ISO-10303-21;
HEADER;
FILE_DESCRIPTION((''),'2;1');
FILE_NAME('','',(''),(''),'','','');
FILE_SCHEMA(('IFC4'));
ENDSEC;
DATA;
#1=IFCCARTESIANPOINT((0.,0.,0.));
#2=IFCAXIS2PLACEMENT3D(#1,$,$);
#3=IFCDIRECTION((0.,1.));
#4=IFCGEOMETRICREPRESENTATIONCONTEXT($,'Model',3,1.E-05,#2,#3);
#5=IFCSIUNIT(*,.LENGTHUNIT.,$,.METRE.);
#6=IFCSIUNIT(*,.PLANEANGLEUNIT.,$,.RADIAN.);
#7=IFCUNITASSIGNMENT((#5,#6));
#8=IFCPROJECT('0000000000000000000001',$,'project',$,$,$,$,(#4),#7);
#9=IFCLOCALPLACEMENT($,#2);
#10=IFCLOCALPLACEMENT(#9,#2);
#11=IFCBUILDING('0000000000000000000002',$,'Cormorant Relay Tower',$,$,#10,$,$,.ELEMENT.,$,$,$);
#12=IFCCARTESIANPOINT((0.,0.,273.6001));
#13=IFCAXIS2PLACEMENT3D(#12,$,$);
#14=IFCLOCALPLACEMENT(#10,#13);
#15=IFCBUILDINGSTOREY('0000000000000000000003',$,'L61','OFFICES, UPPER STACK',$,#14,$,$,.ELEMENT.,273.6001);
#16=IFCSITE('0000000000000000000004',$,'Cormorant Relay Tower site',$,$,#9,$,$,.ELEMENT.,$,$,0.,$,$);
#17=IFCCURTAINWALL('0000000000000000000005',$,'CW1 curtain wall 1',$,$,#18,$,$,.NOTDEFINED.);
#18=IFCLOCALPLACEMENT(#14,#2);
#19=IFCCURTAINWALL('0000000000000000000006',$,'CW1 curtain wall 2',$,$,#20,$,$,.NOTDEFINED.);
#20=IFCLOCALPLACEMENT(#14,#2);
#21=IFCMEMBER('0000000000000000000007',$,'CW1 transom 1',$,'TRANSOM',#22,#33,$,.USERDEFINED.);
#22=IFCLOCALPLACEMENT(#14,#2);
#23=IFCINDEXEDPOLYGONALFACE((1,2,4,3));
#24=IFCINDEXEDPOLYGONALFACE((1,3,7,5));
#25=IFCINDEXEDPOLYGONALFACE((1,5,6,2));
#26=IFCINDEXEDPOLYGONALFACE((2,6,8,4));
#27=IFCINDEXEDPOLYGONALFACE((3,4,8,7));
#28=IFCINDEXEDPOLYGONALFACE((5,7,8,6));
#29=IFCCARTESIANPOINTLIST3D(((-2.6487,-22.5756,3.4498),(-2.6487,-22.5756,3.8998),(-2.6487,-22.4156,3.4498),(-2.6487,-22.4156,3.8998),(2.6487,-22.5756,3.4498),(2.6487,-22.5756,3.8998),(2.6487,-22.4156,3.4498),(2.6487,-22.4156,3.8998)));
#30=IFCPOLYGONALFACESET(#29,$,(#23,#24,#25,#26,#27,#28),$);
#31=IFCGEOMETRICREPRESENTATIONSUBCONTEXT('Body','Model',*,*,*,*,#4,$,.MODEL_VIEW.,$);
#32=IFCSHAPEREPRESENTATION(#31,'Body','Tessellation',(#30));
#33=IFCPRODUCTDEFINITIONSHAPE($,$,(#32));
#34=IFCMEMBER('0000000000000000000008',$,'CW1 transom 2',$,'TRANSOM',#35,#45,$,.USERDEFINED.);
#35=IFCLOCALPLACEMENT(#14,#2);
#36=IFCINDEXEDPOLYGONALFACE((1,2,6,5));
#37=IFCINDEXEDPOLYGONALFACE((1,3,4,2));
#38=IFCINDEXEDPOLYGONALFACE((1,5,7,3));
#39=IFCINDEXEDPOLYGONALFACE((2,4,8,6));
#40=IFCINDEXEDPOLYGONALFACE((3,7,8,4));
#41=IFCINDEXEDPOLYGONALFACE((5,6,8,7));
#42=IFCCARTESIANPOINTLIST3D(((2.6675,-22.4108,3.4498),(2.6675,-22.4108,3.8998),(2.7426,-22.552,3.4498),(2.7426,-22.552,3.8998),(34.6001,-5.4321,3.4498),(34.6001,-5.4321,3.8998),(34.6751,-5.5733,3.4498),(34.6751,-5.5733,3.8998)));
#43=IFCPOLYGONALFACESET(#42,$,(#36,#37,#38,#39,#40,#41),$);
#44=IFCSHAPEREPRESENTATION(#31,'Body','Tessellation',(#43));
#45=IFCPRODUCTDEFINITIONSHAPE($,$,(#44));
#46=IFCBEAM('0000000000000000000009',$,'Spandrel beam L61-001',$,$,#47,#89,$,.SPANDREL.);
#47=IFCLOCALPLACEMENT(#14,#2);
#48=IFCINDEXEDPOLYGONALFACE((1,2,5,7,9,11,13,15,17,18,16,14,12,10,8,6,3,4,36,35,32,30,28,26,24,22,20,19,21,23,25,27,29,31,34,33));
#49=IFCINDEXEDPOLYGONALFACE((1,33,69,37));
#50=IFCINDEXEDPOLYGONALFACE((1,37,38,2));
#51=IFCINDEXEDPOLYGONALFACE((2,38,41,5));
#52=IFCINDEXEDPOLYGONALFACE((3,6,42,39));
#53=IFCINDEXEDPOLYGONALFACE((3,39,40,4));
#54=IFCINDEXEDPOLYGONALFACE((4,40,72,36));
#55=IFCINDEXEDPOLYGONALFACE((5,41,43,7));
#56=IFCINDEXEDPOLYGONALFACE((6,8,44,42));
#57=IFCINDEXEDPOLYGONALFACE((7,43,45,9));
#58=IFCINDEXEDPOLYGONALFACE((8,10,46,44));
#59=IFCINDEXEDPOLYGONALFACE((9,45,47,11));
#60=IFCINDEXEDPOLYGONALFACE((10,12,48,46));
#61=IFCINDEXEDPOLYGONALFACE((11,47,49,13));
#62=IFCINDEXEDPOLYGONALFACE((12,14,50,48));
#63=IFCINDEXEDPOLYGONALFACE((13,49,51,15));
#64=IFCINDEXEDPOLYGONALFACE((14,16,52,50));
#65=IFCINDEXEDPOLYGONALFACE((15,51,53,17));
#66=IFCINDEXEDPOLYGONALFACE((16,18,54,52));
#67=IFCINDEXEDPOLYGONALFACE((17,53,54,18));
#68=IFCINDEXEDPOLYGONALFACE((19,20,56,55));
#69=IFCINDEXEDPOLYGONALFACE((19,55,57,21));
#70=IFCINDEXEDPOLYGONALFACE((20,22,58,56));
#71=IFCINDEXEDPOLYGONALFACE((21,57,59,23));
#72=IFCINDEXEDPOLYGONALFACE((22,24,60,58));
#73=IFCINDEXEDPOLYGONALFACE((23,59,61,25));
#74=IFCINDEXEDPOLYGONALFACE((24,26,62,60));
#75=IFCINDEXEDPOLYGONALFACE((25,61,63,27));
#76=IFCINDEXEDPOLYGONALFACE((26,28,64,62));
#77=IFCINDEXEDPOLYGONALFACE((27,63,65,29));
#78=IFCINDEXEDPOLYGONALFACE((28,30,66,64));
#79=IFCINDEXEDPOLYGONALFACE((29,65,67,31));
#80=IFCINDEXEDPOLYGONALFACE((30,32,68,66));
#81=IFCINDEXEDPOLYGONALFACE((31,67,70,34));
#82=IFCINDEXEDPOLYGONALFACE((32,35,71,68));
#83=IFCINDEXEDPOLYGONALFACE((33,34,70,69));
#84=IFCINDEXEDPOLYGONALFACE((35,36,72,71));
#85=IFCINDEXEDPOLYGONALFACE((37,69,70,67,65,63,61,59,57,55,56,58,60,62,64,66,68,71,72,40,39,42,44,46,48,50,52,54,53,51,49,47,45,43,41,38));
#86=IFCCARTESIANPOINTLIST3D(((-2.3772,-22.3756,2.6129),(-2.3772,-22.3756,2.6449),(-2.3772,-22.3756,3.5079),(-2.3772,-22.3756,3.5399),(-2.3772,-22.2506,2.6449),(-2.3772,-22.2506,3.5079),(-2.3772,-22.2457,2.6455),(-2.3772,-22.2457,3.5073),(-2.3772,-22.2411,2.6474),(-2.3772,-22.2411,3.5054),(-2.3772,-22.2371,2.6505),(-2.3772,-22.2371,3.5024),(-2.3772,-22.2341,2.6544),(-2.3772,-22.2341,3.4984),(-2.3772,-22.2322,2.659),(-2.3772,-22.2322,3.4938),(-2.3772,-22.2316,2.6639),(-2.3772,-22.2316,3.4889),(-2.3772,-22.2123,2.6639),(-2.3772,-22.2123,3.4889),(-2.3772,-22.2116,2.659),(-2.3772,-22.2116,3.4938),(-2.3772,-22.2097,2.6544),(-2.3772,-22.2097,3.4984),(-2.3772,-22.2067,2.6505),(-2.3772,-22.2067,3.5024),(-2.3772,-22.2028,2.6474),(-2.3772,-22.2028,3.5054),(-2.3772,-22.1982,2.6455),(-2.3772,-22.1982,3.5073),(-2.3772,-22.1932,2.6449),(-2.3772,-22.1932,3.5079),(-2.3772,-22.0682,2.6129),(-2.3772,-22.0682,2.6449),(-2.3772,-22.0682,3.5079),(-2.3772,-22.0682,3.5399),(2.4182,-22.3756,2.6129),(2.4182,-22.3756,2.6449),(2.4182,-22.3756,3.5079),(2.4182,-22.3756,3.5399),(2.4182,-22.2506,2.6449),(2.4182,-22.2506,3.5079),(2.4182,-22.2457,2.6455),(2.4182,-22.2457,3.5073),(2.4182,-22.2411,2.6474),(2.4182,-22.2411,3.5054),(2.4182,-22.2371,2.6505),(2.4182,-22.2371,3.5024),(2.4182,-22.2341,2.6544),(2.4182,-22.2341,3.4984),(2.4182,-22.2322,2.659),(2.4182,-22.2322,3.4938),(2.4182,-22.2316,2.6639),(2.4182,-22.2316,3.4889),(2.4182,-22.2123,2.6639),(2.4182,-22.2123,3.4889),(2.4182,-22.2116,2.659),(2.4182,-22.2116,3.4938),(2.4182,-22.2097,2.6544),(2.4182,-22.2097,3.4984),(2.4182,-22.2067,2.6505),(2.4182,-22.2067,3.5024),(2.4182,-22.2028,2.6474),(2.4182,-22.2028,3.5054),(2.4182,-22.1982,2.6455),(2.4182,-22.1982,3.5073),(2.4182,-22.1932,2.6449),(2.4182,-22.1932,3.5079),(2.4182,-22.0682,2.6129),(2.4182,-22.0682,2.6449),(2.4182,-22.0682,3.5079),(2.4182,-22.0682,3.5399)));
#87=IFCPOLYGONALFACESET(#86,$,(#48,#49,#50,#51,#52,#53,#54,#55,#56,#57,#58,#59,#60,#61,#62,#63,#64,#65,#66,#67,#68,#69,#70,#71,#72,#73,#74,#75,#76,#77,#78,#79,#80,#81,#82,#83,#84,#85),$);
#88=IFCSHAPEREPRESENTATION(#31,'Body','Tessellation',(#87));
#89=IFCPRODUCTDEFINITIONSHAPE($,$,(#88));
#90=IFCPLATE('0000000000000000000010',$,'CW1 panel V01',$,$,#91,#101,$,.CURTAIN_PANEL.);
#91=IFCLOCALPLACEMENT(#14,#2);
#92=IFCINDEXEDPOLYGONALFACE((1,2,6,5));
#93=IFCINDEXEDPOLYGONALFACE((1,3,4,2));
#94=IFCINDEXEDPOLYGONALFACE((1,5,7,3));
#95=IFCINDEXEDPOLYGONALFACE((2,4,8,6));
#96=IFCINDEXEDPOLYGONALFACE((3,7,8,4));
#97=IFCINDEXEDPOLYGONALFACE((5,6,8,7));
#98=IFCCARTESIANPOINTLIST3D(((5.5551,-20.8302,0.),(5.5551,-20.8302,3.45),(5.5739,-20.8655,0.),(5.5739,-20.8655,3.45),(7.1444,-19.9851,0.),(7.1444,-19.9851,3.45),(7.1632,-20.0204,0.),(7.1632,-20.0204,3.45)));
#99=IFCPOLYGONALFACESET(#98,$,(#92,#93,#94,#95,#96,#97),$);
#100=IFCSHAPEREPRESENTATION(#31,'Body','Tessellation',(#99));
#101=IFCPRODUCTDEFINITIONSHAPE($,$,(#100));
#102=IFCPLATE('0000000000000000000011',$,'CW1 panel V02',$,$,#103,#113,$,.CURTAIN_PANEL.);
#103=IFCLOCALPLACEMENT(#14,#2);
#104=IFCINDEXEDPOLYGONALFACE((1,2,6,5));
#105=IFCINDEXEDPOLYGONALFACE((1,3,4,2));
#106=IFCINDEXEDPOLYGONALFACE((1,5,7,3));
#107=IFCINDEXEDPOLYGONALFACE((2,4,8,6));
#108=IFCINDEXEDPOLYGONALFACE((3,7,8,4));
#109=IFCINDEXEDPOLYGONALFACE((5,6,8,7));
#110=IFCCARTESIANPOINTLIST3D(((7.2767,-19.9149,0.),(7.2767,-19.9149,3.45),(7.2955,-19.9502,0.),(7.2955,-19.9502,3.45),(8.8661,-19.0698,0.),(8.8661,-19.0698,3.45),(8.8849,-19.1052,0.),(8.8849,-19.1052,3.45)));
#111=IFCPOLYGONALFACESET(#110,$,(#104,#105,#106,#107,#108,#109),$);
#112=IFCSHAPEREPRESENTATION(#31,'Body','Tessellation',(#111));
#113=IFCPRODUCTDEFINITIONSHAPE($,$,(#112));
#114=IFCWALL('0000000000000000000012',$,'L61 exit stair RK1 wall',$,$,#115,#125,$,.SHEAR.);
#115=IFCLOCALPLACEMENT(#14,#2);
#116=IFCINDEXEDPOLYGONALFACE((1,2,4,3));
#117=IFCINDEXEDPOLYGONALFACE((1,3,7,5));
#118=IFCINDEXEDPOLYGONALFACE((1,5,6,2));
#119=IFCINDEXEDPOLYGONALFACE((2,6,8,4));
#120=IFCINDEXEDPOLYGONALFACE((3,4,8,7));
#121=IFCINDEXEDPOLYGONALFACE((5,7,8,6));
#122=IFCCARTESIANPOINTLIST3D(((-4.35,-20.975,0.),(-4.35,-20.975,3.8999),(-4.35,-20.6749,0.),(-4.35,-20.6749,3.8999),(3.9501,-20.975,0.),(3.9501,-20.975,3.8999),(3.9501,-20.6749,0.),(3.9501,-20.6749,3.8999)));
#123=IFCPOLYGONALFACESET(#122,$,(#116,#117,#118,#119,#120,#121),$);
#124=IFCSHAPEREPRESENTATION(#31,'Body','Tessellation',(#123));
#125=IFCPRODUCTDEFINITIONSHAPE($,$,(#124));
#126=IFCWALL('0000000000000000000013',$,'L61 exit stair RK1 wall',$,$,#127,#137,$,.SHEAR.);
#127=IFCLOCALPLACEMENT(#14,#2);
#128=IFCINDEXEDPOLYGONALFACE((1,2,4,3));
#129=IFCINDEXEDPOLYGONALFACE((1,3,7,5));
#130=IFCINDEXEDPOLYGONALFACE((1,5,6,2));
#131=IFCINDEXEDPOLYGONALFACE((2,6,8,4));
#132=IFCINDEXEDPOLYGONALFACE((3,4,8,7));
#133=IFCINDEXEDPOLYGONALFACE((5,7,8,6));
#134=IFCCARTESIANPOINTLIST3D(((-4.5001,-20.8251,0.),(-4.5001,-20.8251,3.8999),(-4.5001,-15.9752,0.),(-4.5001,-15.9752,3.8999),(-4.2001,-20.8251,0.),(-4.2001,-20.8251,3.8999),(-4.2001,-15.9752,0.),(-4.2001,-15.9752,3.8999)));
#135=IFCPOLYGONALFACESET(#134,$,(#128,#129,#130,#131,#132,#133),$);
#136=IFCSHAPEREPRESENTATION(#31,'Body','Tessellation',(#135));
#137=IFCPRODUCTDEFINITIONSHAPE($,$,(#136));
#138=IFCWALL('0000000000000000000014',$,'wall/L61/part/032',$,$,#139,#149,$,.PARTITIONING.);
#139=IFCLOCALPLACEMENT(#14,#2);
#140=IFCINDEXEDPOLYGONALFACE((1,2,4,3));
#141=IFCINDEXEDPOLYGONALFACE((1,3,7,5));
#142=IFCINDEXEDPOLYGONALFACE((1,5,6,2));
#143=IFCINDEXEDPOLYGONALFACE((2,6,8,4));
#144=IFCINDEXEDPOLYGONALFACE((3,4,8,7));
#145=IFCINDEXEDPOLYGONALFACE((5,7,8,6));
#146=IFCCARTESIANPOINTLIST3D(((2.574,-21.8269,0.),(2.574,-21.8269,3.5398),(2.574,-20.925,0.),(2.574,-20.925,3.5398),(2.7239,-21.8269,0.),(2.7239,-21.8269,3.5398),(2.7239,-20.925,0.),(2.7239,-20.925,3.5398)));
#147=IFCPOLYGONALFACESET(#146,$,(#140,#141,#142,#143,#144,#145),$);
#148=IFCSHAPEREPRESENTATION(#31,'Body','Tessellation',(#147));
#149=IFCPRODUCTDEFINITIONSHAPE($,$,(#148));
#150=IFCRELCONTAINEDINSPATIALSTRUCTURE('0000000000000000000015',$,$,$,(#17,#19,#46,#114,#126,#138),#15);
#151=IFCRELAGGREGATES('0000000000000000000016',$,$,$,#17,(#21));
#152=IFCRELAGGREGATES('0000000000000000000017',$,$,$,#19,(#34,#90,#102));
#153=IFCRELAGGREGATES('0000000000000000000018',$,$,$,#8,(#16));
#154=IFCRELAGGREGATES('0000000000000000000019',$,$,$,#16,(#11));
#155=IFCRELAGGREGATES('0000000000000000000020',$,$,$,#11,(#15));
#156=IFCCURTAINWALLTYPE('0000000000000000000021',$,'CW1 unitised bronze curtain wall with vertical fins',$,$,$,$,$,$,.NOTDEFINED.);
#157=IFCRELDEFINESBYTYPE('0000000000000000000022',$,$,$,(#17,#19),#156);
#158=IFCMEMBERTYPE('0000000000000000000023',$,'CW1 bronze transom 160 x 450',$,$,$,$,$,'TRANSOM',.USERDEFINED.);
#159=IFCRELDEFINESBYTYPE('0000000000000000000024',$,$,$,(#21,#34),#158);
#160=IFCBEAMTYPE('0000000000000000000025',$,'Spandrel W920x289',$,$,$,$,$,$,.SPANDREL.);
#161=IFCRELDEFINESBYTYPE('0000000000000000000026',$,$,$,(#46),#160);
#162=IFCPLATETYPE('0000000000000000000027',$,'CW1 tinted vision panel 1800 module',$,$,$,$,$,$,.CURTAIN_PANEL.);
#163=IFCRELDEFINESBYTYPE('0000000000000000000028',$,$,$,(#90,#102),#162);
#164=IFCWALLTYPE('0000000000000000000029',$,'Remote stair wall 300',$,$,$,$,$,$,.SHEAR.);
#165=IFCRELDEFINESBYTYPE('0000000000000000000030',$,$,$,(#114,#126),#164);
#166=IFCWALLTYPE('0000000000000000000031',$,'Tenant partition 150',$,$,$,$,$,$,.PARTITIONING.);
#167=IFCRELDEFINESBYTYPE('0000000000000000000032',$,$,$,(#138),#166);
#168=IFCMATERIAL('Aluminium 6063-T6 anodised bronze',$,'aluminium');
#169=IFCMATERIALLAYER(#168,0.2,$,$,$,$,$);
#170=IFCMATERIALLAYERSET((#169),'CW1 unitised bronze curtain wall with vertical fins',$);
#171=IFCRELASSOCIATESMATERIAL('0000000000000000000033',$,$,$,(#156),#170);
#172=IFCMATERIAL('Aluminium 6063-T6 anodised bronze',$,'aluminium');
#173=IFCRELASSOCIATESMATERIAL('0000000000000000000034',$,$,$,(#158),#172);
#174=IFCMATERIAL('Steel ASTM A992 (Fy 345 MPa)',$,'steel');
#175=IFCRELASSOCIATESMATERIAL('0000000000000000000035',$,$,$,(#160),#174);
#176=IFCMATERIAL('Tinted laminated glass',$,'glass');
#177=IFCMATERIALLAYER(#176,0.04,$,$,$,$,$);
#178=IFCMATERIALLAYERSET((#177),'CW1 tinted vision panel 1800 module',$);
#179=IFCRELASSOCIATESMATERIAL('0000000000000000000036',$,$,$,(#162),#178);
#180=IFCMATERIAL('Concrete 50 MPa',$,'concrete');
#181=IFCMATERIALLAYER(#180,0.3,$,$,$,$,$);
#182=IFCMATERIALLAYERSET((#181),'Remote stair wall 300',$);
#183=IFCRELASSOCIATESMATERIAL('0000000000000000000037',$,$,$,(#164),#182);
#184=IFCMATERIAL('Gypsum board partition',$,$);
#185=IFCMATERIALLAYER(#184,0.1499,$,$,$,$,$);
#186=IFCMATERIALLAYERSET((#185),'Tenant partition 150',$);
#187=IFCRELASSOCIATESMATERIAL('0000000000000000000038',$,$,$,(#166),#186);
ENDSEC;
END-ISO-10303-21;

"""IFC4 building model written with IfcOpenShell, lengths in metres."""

from ifc_helpers import new_model, si_unit, direction, frame, frame_2d, origin, origin_2d, place, context, subcontext, project, spatial, rectangle, i_section, extrude, material, layer, layer_set, material_profile, profile_set, type_object, element, aggregate, save


model = new_model("IFC4")

# Units and contexts
model_context = context("Model", 3, precision=1e-05, world=origin(), true_north=direction((0.0, 1.0)))
body_context = subcontext(model_context, "Body", "Model", "MODEL_VIEW")
ifc_project = project(units=[si_unit("LENGTHUNIT", "METRE"), si_unit("PLANEANGLEUNIT", "RADIAN")], contexts=[model_context])

# Site, building, storey
site_placement = place(None, origin())
site = spatial("IfcSite", under=ifc_project, at=site_placement, Name="Cormorant Relay Tower site", CompositionType="ELEMENT", RefElevation=0.0)
building_placement = place(site_placement, origin())
building = spatial("IfcBuilding", under=site, at=building_placement, Name="Cormorant Relay Tower", CompositionType="ELEMENT")
storey_placement = place(building_placement, frame((0.0, 0.0, 273.6001)))
storey = spatial("IfcBuildingStorey", under=building, at=storey_placement, Name="L61", Description="OFFICES, UPPER STACK", CompositionType="ELEMENT", Elevation=273.6001)

# Curtain wall
ifc_material_1 = material(Name="Aluminium 6063-T6 anodised bronze", Category="aluminium")
ifc_layer_1 = layer(ifc_material_1, 0.2)
ifc_layer_set_1 = layer_set([ifc_layer_1], Name="CW1 unitised bronze curtain wall with vertical fins")
curtain_wall_type = type_object("IfcCurtainWallType", Name="CW1 unitised bronze curtain wall with vertical fins", PredefinedType="NOTDEFINED", material=ifc_layer_set_1)
curtain_wall_1_placement = place(storey_placement, origin())
curtain_wall_1 = element("IfcCurtainWall", 1, at=curtain_wall_1_placement, inside=storey, type_object=curtain_wall_type, Name="CW1 curtain wall 1", PredefinedType="NOTDEFINED")

# Curtain wall
curtain_wall_2_placement = place(storey_placement, origin())
curtain_wall_2 = element("IfcCurtainWall", 2, at=curtain_wall_2_placement, inside=storey, type_object=curtain_wall_type, Name="CW1 curtain wall 2", PredefinedType="NOTDEFINED")

# Members
ifc_material_2 = material(Name="Aluminium 6063-T6 anodised bronze", Category="aluminium")
ifc_material_profile_1 = material_profile(ifc_material_2, rectangle(XDim=0.1599, YDim=0.45, at=origin_2d()), Name="AL 160x450")
ifc_profile_set_1 = profile_set([ifc_material_profile_1], Name="Aluminium 6063-T6 anodised bronze")
member_type_1 = type_object("IfcMemberType", Name="CW1 bronze transom 160 x 450", ElementType="TRANSOM", PredefinedType="USERDEFINED", material=ifc_profile_set_1)
member_1_placement = place(storey_placement, frame((-2.6487, -22.4956, 3.6748), z_axis=(1.0, 0.0, 0.0), x_axis=(0.0, 1.0, 0.0)))
member_1 = element("IfcMember", 3, at=member_1_placement, type_object=member_type_1, Name="CW1 transom 1", ObjectType="TRANSOM", PredefinedType="USERDEFINED", context=body_context, shape_type="SweptSolid", body=[
    extrude(rectangle(XDim=0.1599, YDim=0.45, at=origin_2d()), origin(), (0.0, 0.0, 1.0), 5.2974),
])
member_2_placement = place(storey_placement, frame((2.7051, -22.4814, 3.6748), z_axis=(0.882949, 0.469469, 0.0), x_axis=(-0.469469, 0.882949, 0.0)))
member_2 = element("IfcMember", 4, at=member_2_placement, type_object=member_type_1, Name="CW1 transom 2", ObjectType="TRANSOM", PredefinedType="USERDEFINED", context=body_context, shape_type="SweptSolid", body=[
    extrude(rectangle(XDim=0.1599, YDim=0.45, at=origin_2d()), origin(), (0.0, 0.0, 1.0), 36.1658),
])

# Beam
ifc_material_3 = material(Name="Steel ASTM A992 (Fy 345 MPa)", Category="steel")
ifc_material_profile_2 = material_profile(ifc_material_3, i_section(OverallWidth=0.3074, OverallDepth=0.927, WebThickness=0.0193, FlangeThickness=0.032, FilletRadius=0.019, at=origin_2d()), Name="W920x289")
ifc_profile_set_2 = profile_set([ifc_material_profile_2], Name="Steel ASTM A992 (Fy 345 MPa)")
beam_type = type_object("IfcBeamType", Name="Spandrel W920x289", PredefinedType="SPANDREL", material=ifc_profile_set_2)
beam_placement = place(storey_placement, frame((-2.3772, -22.2219, 3.0764), z_axis=(1.0, 0.0, 0.0), x_axis=(0.0, 1.0, 0.0)))
element("IfcBeam", 5, at=beam_placement, inside=storey, type_object=beam_type, Name="Spandrel beam L61-001", PredefinedType="SPANDREL", context=body_context, shape_type="SweptSolid", body=[
    extrude(i_section(OverallWidth=0.3074, OverallDepth=0.927, WebThickness=0.0193, FlangeThickness=0.032, FilletRadius=0.019, at=origin_2d()), origin(), (0.0, 0.0, 1.0), 4.7954),
])

# Plates
ifc_material_4 = material(Name="Tinted laminated glass", Category="glass")
ifc_layer_2 = layer(ifc_material_4, 0.04)
ifc_layer_set_2 = layer_set([ifc_layer_2], Name="CW1 tinted vision panel 1800 module")
plate_type = type_object("IfcPlateType", Name="CW1 tinted vision panel 1800 module", PredefinedType="CURTAIN_PANEL", material=ifc_layer_set_2)
plate_1_placement = place(storey_placement, frame((6.3591, -20.4253, 0.0), z_axis=(0.0, 0.0, 1.0), x_axis=(0.882948, 0.469472, 0.0)))
plate_1 = element("IfcPlate", 6, at=plate_1_placement, type_object=plate_type, Name="CW1 panel V01", PredefinedType="CURTAIN_PANEL", context=body_context, shape_type="SweptSolid", body=[
    extrude(rectangle(XDim=1.8, YDim=0.04, at=origin_2d()), origin(), (0.0, 0.0, 1.0), 3.45),
])
plate_2_placement = place(storey_placement, frame((8.0808, -19.51, 0.0), z_axis=(0.0, 0.0, 1.0), x_axis=(0.882948, 0.469472, 0.0)))
plate_2 = element("IfcPlate", 7, at=plate_2_placement, type_object=plate_type, Name="CW1 panel V02", PredefinedType="CURTAIN_PANEL", context=body_context, shape_type="SweptSolid", body=[
    extrude(rectangle(XDim=1.8, YDim=0.04, at=origin_2d()), origin(), (0.0, 0.0, 1.0), 3.45),
])

# Walls
ifc_material_5 = material(Name="Concrete 50 MPa", Category="concrete")
ifc_layer_3 = layer(ifc_material_5, 0.3)
ifc_layer_set_3 = layer_set([ifc_layer_3], Name="Remote stair wall 300")
wall_type_1 = type_object("IfcWallType", Name="Remote stair wall 300", PredefinedType="SHEAR", material=ifc_layer_set_3)
wall_1_placement = place(storey_placement, frame((3.95, -20.825, 0.0), z_axis=(0.0, 0.0, 1.0), x_axis=(-1.0, 0.0, 0.0)))
element("IfcWall", 8, at=wall_1_placement, inside=storey, type_object=wall_type_1, Name="L61 exit stair RK1 wall", PredefinedType="SHEAR", context=body_context, shape_type="SweptSolid", body=[
    extrude(rectangle(XDim=8.3, YDim=0.3, at=frame_2d((4.1499, 0.0))), origin(), (0.0, 0.0, 1.0), 3.8999),
])
wall_2_placement = place(storey_placement, frame((-4.3501, -20.825, 0.0), z_axis=(0.0, 0.0, 1.0), x_axis=(0.0, 1.0, 0.0)))
element("IfcWall", 9, at=wall_2_placement, inside=storey, type_object=wall_type_1, Name="L61 exit stair RK1 wall", PredefinedType="SHEAR", context=body_context, shape_type="SweptSolid", body=[
    extrude(rectangle(XDim=4.8499, YDim=0.3, at=frame_2d((2.4248, 0.0))), origin(), (0.0, 0.0, 1.0), 3.8999),
])
ifc_material_6 = material(Name="Gypsum board partition")
ifc_layer_4 = layer(ifc_material_6, 0.1499)
ifc_layer_set_4 = layer_set([ifc_layer_4], Name="Tenant partition 150")
wall_type_2 = type_object("IfcWallType", Name="Tenant partition 150", PredefinedType="PARTITIONING", material=ifc_layer_set_4)
wall_3_placement = place(storey_placement, frame((2.6489, -21.8269, 0.0), z_axis=(0.0, 0.0, 1.0), x_axis=(0.0, 1.0, 0.0)))
element("IfcWall", 10, at=wall_3_placement, inside=storey, type_object=wall_type_2, Name="wall/L61/part/032", PredefinedType="PARTITIONING", context=body_context, shape_type="SweptSolid", body=[
    extrude(rectangle(XDim=0.9019, YDim=0.1499, at=frame_2d((0.4509, 0.0))), origin(), (0.0, 0.0, 1.0), 3.5398),
])

aggregate(curtain_wall_1, [member_1])
aggregate(curtain_wall_2, [member_2, plate_1, plate_2])

save(model, "model.ifc")
